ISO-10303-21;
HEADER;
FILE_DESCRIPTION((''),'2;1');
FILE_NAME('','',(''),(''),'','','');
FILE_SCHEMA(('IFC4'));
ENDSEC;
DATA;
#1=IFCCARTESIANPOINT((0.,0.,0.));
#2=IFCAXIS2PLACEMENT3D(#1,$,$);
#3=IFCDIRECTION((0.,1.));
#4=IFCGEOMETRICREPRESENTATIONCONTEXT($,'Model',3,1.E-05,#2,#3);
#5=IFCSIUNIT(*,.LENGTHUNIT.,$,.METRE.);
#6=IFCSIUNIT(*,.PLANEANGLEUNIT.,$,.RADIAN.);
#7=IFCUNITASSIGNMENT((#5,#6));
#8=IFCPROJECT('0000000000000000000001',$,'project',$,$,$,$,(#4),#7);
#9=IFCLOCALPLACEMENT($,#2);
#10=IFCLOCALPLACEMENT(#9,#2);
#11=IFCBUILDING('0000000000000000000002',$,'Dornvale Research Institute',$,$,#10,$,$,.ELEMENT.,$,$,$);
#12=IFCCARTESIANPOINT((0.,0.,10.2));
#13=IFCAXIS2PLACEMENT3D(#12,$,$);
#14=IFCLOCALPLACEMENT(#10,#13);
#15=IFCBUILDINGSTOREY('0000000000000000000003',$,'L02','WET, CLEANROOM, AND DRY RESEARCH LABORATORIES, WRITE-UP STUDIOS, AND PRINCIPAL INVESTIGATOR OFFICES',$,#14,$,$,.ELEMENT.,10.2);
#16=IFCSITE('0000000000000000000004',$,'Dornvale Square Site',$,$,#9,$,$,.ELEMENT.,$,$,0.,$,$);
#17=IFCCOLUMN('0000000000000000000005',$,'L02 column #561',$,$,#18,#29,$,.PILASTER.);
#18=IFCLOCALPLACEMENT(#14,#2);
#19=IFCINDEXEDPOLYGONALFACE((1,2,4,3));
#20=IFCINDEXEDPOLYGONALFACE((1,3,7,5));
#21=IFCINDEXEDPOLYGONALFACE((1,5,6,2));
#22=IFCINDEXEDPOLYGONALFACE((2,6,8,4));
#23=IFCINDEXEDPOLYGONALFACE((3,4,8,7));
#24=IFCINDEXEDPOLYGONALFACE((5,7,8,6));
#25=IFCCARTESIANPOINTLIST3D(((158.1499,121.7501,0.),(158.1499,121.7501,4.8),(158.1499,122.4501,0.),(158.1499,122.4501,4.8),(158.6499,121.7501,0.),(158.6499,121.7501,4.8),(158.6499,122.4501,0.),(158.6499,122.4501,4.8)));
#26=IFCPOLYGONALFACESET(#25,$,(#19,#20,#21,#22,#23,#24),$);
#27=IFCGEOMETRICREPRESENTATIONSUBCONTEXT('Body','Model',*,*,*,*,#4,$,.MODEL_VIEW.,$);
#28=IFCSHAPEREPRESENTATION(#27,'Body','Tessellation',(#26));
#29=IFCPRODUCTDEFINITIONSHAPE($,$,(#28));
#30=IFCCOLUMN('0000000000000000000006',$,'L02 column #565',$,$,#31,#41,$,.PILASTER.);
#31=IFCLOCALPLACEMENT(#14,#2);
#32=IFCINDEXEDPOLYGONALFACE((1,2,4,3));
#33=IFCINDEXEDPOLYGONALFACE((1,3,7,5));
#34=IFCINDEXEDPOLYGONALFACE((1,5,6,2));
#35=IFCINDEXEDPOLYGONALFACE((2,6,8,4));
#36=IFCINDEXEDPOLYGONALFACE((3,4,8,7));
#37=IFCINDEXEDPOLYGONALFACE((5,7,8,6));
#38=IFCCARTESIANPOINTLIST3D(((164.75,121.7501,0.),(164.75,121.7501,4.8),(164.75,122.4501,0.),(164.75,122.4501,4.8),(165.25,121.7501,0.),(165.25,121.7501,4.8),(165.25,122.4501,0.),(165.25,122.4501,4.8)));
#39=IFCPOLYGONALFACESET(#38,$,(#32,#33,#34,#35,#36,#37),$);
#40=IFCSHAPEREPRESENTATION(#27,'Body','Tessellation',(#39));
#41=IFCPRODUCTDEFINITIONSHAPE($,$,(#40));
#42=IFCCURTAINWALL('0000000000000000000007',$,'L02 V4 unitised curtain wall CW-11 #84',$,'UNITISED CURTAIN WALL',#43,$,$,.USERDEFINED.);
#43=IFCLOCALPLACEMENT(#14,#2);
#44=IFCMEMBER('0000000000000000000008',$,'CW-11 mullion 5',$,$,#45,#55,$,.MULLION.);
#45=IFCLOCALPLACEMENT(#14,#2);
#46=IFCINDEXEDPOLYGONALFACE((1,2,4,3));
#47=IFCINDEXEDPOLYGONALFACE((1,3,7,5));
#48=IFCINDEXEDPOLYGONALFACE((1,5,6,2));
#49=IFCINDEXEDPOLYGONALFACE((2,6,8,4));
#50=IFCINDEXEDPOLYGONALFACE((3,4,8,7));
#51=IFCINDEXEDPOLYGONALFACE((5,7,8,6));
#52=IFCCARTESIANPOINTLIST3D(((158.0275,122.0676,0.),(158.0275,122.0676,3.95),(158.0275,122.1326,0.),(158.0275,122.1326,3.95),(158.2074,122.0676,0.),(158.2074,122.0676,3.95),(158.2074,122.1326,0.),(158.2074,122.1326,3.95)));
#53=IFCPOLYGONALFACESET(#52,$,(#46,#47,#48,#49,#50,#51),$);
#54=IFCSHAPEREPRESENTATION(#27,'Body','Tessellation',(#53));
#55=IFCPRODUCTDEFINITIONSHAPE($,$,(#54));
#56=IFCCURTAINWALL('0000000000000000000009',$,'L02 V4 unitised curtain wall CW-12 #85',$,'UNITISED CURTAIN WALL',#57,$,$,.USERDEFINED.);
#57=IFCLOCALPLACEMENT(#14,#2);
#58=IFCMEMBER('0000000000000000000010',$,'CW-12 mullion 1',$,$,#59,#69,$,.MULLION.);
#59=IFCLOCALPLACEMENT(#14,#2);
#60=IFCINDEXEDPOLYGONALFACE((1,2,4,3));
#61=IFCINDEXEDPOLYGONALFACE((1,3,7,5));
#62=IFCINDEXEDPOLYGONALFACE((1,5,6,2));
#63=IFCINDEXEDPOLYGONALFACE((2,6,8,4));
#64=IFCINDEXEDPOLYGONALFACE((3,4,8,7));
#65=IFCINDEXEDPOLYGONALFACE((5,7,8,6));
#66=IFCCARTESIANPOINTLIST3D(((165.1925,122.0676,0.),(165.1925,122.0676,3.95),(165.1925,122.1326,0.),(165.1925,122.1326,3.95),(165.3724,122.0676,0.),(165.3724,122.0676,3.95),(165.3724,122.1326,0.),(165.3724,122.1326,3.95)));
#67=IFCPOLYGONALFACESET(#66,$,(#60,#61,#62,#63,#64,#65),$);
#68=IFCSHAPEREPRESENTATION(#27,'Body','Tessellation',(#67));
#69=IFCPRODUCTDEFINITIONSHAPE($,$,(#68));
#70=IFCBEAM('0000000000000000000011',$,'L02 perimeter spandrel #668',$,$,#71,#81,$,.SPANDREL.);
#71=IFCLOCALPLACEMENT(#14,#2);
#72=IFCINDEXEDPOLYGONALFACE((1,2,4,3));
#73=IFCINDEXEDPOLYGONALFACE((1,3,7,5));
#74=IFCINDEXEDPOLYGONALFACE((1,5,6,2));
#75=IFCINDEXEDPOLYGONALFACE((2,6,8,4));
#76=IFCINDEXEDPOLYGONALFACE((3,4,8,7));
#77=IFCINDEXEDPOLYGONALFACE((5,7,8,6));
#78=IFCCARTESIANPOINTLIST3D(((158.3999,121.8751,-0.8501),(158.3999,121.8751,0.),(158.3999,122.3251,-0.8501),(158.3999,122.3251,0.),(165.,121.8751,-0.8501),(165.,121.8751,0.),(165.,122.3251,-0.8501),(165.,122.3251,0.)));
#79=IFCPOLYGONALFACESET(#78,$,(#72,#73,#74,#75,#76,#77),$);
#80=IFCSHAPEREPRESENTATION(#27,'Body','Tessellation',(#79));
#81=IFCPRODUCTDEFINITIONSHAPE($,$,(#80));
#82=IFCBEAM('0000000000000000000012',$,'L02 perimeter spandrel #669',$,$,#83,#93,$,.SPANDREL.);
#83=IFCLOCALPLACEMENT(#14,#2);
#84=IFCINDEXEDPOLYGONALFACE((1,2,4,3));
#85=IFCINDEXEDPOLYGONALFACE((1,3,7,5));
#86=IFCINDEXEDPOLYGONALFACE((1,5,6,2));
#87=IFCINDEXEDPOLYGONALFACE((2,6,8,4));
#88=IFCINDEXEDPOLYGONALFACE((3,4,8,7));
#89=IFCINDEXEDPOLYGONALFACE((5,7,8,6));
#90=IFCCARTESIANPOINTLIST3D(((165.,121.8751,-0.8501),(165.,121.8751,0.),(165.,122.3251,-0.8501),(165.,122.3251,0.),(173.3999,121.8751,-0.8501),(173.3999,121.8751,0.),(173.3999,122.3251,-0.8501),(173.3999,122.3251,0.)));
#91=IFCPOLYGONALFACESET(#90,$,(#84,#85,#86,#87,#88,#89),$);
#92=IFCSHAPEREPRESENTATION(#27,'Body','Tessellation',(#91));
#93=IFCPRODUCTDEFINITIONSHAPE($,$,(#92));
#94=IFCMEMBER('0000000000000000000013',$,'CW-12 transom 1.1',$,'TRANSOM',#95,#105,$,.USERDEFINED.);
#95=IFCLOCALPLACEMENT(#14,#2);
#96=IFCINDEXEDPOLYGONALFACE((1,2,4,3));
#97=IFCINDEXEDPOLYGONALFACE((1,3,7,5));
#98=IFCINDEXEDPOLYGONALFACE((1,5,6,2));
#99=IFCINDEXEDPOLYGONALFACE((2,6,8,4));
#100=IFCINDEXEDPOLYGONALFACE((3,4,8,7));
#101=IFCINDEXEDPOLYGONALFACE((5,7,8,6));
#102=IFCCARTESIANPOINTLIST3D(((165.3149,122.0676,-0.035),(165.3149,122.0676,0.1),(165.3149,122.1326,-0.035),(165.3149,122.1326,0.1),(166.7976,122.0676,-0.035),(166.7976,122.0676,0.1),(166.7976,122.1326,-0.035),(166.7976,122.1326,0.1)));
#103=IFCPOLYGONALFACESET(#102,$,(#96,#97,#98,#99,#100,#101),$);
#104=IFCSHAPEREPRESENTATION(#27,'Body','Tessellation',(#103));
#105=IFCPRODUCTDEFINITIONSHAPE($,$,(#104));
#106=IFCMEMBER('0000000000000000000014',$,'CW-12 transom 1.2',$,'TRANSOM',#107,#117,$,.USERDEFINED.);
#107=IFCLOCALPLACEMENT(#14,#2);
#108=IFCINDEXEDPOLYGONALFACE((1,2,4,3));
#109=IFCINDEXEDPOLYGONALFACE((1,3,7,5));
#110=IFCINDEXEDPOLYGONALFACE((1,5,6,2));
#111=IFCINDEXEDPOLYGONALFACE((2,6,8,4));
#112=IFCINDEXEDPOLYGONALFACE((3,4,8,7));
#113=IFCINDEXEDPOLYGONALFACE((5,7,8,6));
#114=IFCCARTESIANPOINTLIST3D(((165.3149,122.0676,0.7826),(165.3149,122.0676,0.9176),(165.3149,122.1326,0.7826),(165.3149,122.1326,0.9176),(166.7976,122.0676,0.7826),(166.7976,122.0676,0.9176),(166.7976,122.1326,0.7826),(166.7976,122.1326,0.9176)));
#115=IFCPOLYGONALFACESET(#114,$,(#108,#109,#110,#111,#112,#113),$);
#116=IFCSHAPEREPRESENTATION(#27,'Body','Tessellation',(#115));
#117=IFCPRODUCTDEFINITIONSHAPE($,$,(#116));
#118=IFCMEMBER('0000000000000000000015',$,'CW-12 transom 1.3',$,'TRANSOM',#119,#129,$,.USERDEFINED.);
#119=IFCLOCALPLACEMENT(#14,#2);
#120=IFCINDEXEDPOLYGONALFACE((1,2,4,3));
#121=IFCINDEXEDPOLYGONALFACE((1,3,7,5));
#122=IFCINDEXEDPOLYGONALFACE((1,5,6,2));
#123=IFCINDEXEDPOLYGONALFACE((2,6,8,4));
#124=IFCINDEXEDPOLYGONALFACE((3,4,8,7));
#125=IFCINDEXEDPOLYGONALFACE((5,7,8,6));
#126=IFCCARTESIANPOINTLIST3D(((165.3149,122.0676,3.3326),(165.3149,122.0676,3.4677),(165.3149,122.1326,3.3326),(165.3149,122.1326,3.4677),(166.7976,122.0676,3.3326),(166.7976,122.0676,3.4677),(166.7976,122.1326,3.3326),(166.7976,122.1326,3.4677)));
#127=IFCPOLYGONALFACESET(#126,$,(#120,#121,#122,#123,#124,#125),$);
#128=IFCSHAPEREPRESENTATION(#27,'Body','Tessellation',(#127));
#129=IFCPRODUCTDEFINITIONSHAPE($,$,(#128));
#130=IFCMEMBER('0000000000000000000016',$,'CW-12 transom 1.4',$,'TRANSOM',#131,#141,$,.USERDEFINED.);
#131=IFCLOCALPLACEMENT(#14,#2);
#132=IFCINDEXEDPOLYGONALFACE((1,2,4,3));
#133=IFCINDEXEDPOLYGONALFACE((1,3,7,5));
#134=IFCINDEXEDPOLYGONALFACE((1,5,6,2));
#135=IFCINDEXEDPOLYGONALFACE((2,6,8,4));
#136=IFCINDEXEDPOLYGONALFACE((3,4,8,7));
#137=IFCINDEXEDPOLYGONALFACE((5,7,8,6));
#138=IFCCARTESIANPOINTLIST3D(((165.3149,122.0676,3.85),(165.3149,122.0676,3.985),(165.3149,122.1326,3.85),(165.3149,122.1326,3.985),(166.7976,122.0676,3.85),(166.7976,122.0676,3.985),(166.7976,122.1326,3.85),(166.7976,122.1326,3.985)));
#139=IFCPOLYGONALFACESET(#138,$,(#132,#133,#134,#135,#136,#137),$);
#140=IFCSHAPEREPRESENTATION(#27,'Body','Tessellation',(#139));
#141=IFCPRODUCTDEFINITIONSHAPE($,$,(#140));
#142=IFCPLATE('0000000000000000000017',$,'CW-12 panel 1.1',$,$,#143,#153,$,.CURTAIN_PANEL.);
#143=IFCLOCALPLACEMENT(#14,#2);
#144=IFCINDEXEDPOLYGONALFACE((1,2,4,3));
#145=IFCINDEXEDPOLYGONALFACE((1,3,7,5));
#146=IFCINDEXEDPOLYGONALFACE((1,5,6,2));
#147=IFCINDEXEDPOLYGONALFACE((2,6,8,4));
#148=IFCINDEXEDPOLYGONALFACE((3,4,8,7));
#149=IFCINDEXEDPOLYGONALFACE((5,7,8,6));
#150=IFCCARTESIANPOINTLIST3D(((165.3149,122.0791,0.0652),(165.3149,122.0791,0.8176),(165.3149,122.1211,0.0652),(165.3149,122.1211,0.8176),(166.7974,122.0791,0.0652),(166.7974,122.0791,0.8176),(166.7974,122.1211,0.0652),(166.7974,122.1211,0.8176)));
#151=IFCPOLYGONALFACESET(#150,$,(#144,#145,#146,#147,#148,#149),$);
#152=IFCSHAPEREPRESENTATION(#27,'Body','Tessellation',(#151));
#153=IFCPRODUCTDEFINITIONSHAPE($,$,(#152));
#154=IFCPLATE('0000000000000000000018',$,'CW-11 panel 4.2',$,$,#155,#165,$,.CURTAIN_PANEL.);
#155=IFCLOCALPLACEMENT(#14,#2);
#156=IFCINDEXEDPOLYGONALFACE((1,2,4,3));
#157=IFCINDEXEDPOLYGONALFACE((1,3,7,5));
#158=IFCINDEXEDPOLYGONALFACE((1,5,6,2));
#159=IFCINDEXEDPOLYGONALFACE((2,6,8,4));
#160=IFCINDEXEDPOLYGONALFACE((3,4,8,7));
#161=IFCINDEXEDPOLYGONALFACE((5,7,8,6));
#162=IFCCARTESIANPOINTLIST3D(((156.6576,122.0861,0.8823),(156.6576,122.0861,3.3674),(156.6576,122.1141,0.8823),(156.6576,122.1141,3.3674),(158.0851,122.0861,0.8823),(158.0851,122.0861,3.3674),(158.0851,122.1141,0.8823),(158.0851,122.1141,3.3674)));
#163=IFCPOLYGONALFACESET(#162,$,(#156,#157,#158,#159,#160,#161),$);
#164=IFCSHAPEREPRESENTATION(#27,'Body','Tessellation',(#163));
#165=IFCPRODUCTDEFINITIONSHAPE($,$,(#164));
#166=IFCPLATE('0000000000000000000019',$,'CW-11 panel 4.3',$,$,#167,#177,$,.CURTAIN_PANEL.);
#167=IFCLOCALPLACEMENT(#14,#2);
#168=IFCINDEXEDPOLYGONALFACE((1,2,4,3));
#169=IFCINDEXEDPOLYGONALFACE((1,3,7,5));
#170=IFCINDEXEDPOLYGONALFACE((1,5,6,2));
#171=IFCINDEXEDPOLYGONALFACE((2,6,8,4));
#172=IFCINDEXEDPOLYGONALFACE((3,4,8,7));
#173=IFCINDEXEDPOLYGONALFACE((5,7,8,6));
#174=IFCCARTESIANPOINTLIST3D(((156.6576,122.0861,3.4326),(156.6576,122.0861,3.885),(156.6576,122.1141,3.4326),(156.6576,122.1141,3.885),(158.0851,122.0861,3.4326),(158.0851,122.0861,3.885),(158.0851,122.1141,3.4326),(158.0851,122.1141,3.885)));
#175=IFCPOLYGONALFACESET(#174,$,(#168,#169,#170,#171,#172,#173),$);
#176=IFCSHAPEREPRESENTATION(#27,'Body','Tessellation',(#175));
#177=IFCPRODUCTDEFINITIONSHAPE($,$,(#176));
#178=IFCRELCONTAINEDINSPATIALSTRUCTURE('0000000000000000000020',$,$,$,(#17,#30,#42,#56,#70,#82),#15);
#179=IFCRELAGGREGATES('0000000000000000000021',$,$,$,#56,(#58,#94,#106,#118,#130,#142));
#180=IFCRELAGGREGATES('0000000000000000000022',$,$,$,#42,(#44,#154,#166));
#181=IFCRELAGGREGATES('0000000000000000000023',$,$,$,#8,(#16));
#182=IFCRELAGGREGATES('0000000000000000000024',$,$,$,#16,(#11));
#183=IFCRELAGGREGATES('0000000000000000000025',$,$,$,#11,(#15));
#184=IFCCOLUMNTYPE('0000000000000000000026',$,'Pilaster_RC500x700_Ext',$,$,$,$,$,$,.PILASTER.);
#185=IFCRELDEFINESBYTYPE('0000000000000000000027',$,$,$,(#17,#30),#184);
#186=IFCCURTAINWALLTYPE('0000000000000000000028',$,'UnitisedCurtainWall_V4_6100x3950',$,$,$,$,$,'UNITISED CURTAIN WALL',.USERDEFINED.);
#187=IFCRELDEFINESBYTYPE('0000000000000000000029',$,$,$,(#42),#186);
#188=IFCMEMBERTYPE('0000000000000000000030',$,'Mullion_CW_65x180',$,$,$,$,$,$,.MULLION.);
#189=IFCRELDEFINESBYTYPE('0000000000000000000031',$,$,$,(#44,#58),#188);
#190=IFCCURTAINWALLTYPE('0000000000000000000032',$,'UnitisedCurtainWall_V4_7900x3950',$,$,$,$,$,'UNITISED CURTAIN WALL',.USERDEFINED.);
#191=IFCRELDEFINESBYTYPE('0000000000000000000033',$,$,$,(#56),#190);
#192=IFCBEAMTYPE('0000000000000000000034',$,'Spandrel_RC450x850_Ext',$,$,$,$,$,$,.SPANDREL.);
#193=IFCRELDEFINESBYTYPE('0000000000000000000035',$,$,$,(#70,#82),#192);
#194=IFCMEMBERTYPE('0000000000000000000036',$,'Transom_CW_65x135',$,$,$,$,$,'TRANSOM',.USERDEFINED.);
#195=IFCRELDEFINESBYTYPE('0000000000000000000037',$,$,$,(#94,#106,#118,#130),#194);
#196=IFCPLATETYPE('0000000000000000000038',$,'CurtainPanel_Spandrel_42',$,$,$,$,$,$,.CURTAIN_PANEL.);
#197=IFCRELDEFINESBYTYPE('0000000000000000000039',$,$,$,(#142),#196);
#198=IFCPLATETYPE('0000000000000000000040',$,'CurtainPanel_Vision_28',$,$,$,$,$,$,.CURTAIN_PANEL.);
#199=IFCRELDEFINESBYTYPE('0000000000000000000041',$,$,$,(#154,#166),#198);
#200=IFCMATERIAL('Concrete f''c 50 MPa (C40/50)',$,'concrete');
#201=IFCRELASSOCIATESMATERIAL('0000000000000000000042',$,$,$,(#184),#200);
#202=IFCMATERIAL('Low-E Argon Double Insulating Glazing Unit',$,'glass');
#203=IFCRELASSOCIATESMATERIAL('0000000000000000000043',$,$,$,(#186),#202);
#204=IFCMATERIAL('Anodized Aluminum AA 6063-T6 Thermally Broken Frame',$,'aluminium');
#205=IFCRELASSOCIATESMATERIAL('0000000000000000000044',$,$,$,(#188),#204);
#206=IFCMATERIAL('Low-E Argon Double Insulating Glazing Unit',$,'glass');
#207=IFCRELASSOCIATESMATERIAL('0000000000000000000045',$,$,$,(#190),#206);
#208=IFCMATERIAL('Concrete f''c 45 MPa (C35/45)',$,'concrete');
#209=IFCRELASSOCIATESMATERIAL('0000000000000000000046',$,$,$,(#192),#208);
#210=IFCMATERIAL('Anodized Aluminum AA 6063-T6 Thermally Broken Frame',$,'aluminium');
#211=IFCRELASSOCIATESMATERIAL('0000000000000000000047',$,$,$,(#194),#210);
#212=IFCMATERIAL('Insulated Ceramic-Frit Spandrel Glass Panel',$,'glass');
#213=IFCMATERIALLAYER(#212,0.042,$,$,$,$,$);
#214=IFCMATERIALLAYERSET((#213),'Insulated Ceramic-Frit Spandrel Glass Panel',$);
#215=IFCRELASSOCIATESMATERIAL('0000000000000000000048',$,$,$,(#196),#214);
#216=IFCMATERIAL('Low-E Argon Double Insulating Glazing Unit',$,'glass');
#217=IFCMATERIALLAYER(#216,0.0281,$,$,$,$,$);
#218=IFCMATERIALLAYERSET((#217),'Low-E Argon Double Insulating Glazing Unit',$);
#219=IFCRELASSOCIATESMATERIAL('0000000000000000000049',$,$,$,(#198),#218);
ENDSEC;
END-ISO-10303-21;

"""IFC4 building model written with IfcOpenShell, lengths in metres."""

from ifc_helpers import new_model, si_unit, direction, frame, origin, origin_2d, place, context, subcontext, project, spatial, rectangle, extrude, material, layer, layer_set, material_profile, profile_set, type_object, element, aggregate, save


model = new_model("IFC4")

# Units and contexts
model_context = context("Model", 3, precision=1e-05, world=origin(), true_north=direction((0.0, 1.0)))
body_context = subcontext(model_context, "Body", "Model", "MODEL_VIEW")
ifc_project = project(units=[si_unit("LENGTHUNIT", "METRE"), si_unit("PLANEANGLEUNIT", "RADIAN")], contexts=[model_context])

# Site, building, storey
site_placement = place(None, origin())
site = spatial("IfcSite", under=ifc_project, at=site_placement, Name="Dornvale Square Site", CompositionType="ELEMENT", RefElevation=0.0)
building_placement = place(site_placement, origin())
building = spatial("IfcBuilding", under=site, at=building_placement, Name="Dornvale Research Institute", CompositionType="ELEMENT")
storey_placement = place(building_placement, frame((0.0, 0.0, 10.2)))
storey = spatial("IfcBuildingStorey", under=building, at=storey_placement, Name="L02", Description="WET, CLEANROOM, AND DRY RESEARCH LABORATORIES, WRITE-UP STUDIOS, AND PRINCIPAL INVESTIGATOR OFFICES", CompositionType="ELEMENT", Elevation=10.2)

# Columns
ifc_material_1 = material(Name="Concrete f'c 50 MPa (C40/50)", Category="concrete")
ifc_material_profile_1 = material_profile(ifc_material_1, rectangle(XDim=0.5, YDim=0.7, at=origin_2d()), Name="RC 500x700")
ifc_profile_set_1 = profile_set([ifc_material_profile_1], Name="Concrete f'c 50 MPa (C40/50)")
column_type = type_object("IfcColumnType", Name="Pilaster_RC500x700_Ext", PredefinedType="PILASTER", material=ifc_profile_set_1)
for number, where, z_axis, x_axis, name in (
    (1, (158.3999, 122.1001, 0.0), (0.0, 0.0, 1.0), (1.0, 0.0, 0.0), "L02 column #561"),
    (2, (165.0, 122.1001, 0.0), (0.0, 0.0, 1.0), (1.0, 0.0, 0.0), "L02 column #565"),
):
    element("IfcColumn", number, at=place(storey_placement, frame(where, z_axis=z_axis, x_axis=x_axis)), inside=storey, type_object=column_type, Name=name, PredefinedType="PILASTER", context=body_context, shape_type="SweptSolid", body=[
        extrude(rectangle(XDim=0.5, YDim=0.7, at=origin_2d()), origin(), (0.0, 0.0, 1.0), 4.8),
    ])

# Curtain walls, members
ifc_material_2 = material(Name="Low-E Argon Double Insulating Glazing Unit", Category="glass")
curtain_wall_type_1 = type_object("IfcCurtainWallType", Name="UnitisedCurtainWall_V4_6100x3950", ElementType="UNITISED CURTAIN WALL", PredefinedType="USERDEFINED", material=ifc_material_2)
curtain_wall_1_placement = place(storey_placement, origin())
curtain_wall_1 = element("IfcCurtainWall", 3, at=curtain_wall_1_placement, inside=storey, type_object=curtain_wall_type_1, Name="L02 V4 unitised curtain wall CW-11 #84", ObjectType="UNITISED CURTAIN WALL", PredefinedType="USERDEFINED")
ifc_material_3 = material(Name="Anodized Aluminum AA 6063-T6 Thermally Broken Frame", Category="aluminium")
ifc_material_profile_2 = material_profile(ifc_material_3, rectangle(XDim=0.0649, YDim=0.1799, at=origin_2d()), Name="ALU MULLION 65x180")
ifc_profile_set_2 = profile_set([ifc_material_profile_2], Name="Anodized Aluminum AA 6063-T6 Thermally Broken Frame")
member_type_1 = type_object("IfcMemberType", Name="Mullion_CW_65x180", PredefinedType="MULLION", material=ifc_profile_set_2)
member_1_placement = place(storey_placement, frame((158.1174, 122.1001, 0.0), z_axis=(0.0, 0.0, 1.0), x_axis=(0.0, 1.0, 0.0)))
member_1 = element("IfcMember", 4, at=member_1_placement, type_object=member_type_1, Name="CW-11 mullion 5", PredefinedType="MULLION", context=body_context, shape_type="SweptSolid", body=[
    extrude(rectangle(XDim=0.0649, YDim=0.1799, at=origin_2d()), origin(), (0.0, 0.0, 1.0), 3.95),
])
ifc_material_4 = material(Name="Low-E Argon Double Insulating Glazing Unit", Category="glass")
curtain_wall_type_2 = type_object("IfcCurtainWallType", Name="UnitisedCurtainWall_V4_7900x3950", ElementType="UNITISED CURTAIN WALL", PredefinedType="USERDEFINED", material=ifc_material_4)
curtain_wall_2_placement = place(storey_placement, origin())
curtain_wall_2 = element("IfcCurtainWall", 5, at=curtain_wall_2_placement, inside=storey, type_object=curtain_wall_type_2, Name="L02 V4 unitised curtain wall CW-12 #85", ObjectType="UNITISED CURTAIN WALL", PredefinedType="USERDEFINED")
member_2_placement = place(storey_placement, frame((165.2825, 122.1001, 0.0), z_axis=(0.0, 0.0, 1.0), x_axis=(0.0, 1.0, 0.0)))
member_2 = element("IfcMember", 6, at=member_2_placement, type_object=member_type_1, Name="CW-12 mullion 1", PredefinedType="MULLION", context=body_context, shape_type="SweptSolid", body=[
    extrude(rectangle(XDim=0.0649, YDim=0.1799, at=origin_2d()), origin(), (0.0, 0.0, 1.0), 3.95),
])

# Beams
ifc_material_5 = material(Name="Concrete f'c 45 MPa (C35/45)", Category="concrete")
ifc_material_profile_3 = material_profile(ifc_material_5, rectangle(XDim=0.45, YDim=0.8501, at=origin_2d()), Name="RC 450x850")
ifc_profile_set_3 = profile_set([ifc_material_profile_3], Name="Concrete f'c 45 MPa (C35/45)")
beam_type = type_object("IfcBeamType", Name="Spandrel_RC450x850_Ext", PredefinedType="SPANDREL", material=ifc_profile_set_3)
beam_1_placement = place(storey_placement, frame((158.3999, 122.1001, -0.425), z_axis=(1.0, 0.0, 0.0), x_axis=(0.0, 1.0, 0.0)))
element("IfcBeam", 7, at=beam_1_placement, inside=storey, type_object=beam_type, Name="L02 perimeter spandrel #668", PredefinedType="SPANDREL", context=body_context, shape_type="SweptSolid", body=[
    extrude(rectangle(XDim=0.45, YDim=0.8501, at=origin_2d()), origin(), (0.0, 0.0, 1.0), 6.6001),
])
beam_2_placement = place(storey_placement, frame((165.0, 122.1001, -0.425), z_axis=(1.0, 0.0, 0.0), x_axis=(0.0, 1.0, 0.0)))
element("IfcBeam", 8, at=beam_2_placement, inside=storey, type_object=beam_type, Name="L02 perimeter spandrel #669", PredefinedType="SPANDREL", context=body_context, shape_type="SweptSolid", body=[
    extrude(rectangle(XDim=0.45, YDim=0.8501, at=origin_2d()), origin(), (0.0, 0.0, 1.0), 8.3999),
])

# Members
ifc_material_6 = material(Name="Anodized Aluminum AA 6063-T6 Thermally Broken Frame", Category="aluminium")
ifc_material_profile_4 = material_profile(ifc_material_6, rectangle(XDim=0.0649, YDim=0.135, at=origin_2d()), Name="ALU TRANSOM 65x135")
ifc_profile_set_4 = profile_set([ifc_material_profile_4], Name="Anodized Aluminum AA 6063-T6 Thermally Broken Frame")
member_type_2 = type_object("IfcMemberType", Name="Transom_CW_65x135", ElementType="TRANSOM", PredefinedType="USERDEFINED", material=ifc_profile_set_4)
member_3_placement = place(storey_placement, frame((165.3149, 122.1001, 0.0325), z_axis=(1.0, 0.0, 0.0), x_axis=(0.0, 1.0, 0.0)))
member_3 = element("IfcMember", 9, at=member_3_placement, type_object=member_type_2, Name="CW-12 transom 1.1", ObjectType="TRANSOM", PredefinedType="USERDEFINED", context=body_context, shape_type="SweptSolid", body=[
    extrude(rectangle(XDim=0.0649, YDim=0.135, at=origin_2d()), origin(), (0.0, 0.0, 1.0), 1.4827),
])
member_4_placement = place(storey_placement, frame((165.3149, 122.1001, 0.8501), z_axis=(1.0, 0.0, 0.0), x_axis=(0.0, 1.0, 0.0)))
member_4 = element("IfcMember", 10, at=member_4_placement, type_object=member_type_2, Name="CW-12 transom 1.2", ObjectType="TRANSOM", PredefinedType="USERDEFINED", context=body_context, shape_type="SweptSolid", body=[
    extrude(rectangle(XDim=0.0649, YDim=0.135, at=origin_2d()), origin(), (0.0, 0.0, 1.0), 1.4827),
])
member_5_placement = place(storey_placement, frame((165.3149, 122.1001, 3.4001), z_axis=(1.0, 0.0, 0.0), x_axis=(0.0, 1.0, 0.0)))
member_5 = element("IfcMember", 11, at=member_5_placement, type_object=member_type_2, Name="CW-12 transom 1.3", ObjectType="TRANSOM", PredefinedType="USERDEFINED", context=body_context, shape_type="SweptSolid", body=[
    extrude(rectangle(XDim=0.0649, YDim=0.135, at=origin_2d()), origin(), (0.0, 0.0, 1.0), 1.4827),
])
member_6_placement = place(storey_placement, frame((165.3149, 122.1001, 3.9175), z_axis=(1.0, 0.0, 0.0), x_axis=(0.0, 1.0, 0.0)))
member_6 = element("IfcMember", 12, at=member_6_placement, type_object=member_type_2, Name="CW-12 transom 1.4", ObjectType="TRANSOM", PredefinedType="USERDEFINED", context=body_context, shape_type="SweptSolid", body=[
    extrude(rectangle(XDim=0.0649, YDim=0.135, at=origin_2d()), origin(), (0.0, 0.0, 1.0), 1.4827),
])

# Plates
ifc_material_7 = material(Name="Insulated Ceramic-Frit Spandrel Glass Panel", Category="glass")
ifc_layer_1 = layer(ifc_material_7, 0.042)
ifc_layer_set_1 = layer_set([ifc_layer_1], Name="Insulated Ceramic-Frit Spandrel Glass Panel")
plate_type_1 = type_object("IfcPlateType", Name="CurtainPanel_Spandrel_42", PredefinedType="CURTAIN_PANEL", material=ifc_layer_set_1)
plate_1_placement = place(storey_placement, frame((166.0562, 122.1001, 0.0652), z_axis=(0.0, 0.0, 1.0), x_axis=(1.0, 0.0, 0.0)))
plate_1 = element("IfcPlate", 13, at=plate_1_placement, type_object=plate_type_1, Name="CW-12 panel 1.1", PredefinedType="CURTAIN_PANEL", context=body_context, shape_type="SweptSolid", body=[
    extrude(rectangle(XDim=1.4824, YDim=0.042, at=origin_2d()), origin(), (0.0, 0.0, 1.0), 0.7524),
])
aggregate(curtain_wall_2, [member_2, member_3, member_4, member_5, member_6, plate_1])
ifc_material_8 = material(Name="Low-E Argon Double Insulating Glazing Unit", Category="glass")
ifc_layer_2 = layer(ifc_material_8, 0.0281)
ifc_layer_set_2 = layer_set([ifc_layer_2], Name="Low-E Argon Double Insulating Glazing Unit")
plate_type_2 = type_object("IfcPlateType", Name="CurtainPanel_Vision_28", PredefinedType="CURTAIN_PANEL", material=ifc_layer_set_2)
plate_2_placement = place(storey_placement, frame((157.3713, 122.1001, 0.8823), z_axis=(0.0, 0.0, 1.0), x_axis=(1.0, 0.0, 0.0)))
plate_2 = element("IfcPlate", 14, at=plate_2_placement, type_object=plate_type_2, Name="CW-11 panel 4.2", PredefinedType="CURTAIN_PANEL", context=body_context, shape_type="SweptSolid", body=[
    extrude(rectangle(XDim=1.4275, YDim=0.0281, at=origin_2d()), origin(), (0.0, 0.0, 1.0), 2.4851),
])
plate_3_placement = place(storey_placement, frame((157.3713, 122.1001, 3.4326), z_axis=(0.0, 0.0, 1.0), x_axis=(1.0, 0.0, 0.0)))
plate_3 = element("IfcPlate", 15, at=plate_3_placement, type_object=plate_type_2, Name="CW-11 panel 4.3", PredefinedType="CURTAIN_PANEL", context=body_context, shape_type="SweptSolid", body=[
    extrude(rectangle(XDim=1.4275, YDim=0.0281, at=origin_2d()), origin(), (0.0, 0.0, 1.0), 0.4524),
])
aggregate(curtain_wall_1, [member_1, plate_2, plate_3])

save(model, "model.ifc")
